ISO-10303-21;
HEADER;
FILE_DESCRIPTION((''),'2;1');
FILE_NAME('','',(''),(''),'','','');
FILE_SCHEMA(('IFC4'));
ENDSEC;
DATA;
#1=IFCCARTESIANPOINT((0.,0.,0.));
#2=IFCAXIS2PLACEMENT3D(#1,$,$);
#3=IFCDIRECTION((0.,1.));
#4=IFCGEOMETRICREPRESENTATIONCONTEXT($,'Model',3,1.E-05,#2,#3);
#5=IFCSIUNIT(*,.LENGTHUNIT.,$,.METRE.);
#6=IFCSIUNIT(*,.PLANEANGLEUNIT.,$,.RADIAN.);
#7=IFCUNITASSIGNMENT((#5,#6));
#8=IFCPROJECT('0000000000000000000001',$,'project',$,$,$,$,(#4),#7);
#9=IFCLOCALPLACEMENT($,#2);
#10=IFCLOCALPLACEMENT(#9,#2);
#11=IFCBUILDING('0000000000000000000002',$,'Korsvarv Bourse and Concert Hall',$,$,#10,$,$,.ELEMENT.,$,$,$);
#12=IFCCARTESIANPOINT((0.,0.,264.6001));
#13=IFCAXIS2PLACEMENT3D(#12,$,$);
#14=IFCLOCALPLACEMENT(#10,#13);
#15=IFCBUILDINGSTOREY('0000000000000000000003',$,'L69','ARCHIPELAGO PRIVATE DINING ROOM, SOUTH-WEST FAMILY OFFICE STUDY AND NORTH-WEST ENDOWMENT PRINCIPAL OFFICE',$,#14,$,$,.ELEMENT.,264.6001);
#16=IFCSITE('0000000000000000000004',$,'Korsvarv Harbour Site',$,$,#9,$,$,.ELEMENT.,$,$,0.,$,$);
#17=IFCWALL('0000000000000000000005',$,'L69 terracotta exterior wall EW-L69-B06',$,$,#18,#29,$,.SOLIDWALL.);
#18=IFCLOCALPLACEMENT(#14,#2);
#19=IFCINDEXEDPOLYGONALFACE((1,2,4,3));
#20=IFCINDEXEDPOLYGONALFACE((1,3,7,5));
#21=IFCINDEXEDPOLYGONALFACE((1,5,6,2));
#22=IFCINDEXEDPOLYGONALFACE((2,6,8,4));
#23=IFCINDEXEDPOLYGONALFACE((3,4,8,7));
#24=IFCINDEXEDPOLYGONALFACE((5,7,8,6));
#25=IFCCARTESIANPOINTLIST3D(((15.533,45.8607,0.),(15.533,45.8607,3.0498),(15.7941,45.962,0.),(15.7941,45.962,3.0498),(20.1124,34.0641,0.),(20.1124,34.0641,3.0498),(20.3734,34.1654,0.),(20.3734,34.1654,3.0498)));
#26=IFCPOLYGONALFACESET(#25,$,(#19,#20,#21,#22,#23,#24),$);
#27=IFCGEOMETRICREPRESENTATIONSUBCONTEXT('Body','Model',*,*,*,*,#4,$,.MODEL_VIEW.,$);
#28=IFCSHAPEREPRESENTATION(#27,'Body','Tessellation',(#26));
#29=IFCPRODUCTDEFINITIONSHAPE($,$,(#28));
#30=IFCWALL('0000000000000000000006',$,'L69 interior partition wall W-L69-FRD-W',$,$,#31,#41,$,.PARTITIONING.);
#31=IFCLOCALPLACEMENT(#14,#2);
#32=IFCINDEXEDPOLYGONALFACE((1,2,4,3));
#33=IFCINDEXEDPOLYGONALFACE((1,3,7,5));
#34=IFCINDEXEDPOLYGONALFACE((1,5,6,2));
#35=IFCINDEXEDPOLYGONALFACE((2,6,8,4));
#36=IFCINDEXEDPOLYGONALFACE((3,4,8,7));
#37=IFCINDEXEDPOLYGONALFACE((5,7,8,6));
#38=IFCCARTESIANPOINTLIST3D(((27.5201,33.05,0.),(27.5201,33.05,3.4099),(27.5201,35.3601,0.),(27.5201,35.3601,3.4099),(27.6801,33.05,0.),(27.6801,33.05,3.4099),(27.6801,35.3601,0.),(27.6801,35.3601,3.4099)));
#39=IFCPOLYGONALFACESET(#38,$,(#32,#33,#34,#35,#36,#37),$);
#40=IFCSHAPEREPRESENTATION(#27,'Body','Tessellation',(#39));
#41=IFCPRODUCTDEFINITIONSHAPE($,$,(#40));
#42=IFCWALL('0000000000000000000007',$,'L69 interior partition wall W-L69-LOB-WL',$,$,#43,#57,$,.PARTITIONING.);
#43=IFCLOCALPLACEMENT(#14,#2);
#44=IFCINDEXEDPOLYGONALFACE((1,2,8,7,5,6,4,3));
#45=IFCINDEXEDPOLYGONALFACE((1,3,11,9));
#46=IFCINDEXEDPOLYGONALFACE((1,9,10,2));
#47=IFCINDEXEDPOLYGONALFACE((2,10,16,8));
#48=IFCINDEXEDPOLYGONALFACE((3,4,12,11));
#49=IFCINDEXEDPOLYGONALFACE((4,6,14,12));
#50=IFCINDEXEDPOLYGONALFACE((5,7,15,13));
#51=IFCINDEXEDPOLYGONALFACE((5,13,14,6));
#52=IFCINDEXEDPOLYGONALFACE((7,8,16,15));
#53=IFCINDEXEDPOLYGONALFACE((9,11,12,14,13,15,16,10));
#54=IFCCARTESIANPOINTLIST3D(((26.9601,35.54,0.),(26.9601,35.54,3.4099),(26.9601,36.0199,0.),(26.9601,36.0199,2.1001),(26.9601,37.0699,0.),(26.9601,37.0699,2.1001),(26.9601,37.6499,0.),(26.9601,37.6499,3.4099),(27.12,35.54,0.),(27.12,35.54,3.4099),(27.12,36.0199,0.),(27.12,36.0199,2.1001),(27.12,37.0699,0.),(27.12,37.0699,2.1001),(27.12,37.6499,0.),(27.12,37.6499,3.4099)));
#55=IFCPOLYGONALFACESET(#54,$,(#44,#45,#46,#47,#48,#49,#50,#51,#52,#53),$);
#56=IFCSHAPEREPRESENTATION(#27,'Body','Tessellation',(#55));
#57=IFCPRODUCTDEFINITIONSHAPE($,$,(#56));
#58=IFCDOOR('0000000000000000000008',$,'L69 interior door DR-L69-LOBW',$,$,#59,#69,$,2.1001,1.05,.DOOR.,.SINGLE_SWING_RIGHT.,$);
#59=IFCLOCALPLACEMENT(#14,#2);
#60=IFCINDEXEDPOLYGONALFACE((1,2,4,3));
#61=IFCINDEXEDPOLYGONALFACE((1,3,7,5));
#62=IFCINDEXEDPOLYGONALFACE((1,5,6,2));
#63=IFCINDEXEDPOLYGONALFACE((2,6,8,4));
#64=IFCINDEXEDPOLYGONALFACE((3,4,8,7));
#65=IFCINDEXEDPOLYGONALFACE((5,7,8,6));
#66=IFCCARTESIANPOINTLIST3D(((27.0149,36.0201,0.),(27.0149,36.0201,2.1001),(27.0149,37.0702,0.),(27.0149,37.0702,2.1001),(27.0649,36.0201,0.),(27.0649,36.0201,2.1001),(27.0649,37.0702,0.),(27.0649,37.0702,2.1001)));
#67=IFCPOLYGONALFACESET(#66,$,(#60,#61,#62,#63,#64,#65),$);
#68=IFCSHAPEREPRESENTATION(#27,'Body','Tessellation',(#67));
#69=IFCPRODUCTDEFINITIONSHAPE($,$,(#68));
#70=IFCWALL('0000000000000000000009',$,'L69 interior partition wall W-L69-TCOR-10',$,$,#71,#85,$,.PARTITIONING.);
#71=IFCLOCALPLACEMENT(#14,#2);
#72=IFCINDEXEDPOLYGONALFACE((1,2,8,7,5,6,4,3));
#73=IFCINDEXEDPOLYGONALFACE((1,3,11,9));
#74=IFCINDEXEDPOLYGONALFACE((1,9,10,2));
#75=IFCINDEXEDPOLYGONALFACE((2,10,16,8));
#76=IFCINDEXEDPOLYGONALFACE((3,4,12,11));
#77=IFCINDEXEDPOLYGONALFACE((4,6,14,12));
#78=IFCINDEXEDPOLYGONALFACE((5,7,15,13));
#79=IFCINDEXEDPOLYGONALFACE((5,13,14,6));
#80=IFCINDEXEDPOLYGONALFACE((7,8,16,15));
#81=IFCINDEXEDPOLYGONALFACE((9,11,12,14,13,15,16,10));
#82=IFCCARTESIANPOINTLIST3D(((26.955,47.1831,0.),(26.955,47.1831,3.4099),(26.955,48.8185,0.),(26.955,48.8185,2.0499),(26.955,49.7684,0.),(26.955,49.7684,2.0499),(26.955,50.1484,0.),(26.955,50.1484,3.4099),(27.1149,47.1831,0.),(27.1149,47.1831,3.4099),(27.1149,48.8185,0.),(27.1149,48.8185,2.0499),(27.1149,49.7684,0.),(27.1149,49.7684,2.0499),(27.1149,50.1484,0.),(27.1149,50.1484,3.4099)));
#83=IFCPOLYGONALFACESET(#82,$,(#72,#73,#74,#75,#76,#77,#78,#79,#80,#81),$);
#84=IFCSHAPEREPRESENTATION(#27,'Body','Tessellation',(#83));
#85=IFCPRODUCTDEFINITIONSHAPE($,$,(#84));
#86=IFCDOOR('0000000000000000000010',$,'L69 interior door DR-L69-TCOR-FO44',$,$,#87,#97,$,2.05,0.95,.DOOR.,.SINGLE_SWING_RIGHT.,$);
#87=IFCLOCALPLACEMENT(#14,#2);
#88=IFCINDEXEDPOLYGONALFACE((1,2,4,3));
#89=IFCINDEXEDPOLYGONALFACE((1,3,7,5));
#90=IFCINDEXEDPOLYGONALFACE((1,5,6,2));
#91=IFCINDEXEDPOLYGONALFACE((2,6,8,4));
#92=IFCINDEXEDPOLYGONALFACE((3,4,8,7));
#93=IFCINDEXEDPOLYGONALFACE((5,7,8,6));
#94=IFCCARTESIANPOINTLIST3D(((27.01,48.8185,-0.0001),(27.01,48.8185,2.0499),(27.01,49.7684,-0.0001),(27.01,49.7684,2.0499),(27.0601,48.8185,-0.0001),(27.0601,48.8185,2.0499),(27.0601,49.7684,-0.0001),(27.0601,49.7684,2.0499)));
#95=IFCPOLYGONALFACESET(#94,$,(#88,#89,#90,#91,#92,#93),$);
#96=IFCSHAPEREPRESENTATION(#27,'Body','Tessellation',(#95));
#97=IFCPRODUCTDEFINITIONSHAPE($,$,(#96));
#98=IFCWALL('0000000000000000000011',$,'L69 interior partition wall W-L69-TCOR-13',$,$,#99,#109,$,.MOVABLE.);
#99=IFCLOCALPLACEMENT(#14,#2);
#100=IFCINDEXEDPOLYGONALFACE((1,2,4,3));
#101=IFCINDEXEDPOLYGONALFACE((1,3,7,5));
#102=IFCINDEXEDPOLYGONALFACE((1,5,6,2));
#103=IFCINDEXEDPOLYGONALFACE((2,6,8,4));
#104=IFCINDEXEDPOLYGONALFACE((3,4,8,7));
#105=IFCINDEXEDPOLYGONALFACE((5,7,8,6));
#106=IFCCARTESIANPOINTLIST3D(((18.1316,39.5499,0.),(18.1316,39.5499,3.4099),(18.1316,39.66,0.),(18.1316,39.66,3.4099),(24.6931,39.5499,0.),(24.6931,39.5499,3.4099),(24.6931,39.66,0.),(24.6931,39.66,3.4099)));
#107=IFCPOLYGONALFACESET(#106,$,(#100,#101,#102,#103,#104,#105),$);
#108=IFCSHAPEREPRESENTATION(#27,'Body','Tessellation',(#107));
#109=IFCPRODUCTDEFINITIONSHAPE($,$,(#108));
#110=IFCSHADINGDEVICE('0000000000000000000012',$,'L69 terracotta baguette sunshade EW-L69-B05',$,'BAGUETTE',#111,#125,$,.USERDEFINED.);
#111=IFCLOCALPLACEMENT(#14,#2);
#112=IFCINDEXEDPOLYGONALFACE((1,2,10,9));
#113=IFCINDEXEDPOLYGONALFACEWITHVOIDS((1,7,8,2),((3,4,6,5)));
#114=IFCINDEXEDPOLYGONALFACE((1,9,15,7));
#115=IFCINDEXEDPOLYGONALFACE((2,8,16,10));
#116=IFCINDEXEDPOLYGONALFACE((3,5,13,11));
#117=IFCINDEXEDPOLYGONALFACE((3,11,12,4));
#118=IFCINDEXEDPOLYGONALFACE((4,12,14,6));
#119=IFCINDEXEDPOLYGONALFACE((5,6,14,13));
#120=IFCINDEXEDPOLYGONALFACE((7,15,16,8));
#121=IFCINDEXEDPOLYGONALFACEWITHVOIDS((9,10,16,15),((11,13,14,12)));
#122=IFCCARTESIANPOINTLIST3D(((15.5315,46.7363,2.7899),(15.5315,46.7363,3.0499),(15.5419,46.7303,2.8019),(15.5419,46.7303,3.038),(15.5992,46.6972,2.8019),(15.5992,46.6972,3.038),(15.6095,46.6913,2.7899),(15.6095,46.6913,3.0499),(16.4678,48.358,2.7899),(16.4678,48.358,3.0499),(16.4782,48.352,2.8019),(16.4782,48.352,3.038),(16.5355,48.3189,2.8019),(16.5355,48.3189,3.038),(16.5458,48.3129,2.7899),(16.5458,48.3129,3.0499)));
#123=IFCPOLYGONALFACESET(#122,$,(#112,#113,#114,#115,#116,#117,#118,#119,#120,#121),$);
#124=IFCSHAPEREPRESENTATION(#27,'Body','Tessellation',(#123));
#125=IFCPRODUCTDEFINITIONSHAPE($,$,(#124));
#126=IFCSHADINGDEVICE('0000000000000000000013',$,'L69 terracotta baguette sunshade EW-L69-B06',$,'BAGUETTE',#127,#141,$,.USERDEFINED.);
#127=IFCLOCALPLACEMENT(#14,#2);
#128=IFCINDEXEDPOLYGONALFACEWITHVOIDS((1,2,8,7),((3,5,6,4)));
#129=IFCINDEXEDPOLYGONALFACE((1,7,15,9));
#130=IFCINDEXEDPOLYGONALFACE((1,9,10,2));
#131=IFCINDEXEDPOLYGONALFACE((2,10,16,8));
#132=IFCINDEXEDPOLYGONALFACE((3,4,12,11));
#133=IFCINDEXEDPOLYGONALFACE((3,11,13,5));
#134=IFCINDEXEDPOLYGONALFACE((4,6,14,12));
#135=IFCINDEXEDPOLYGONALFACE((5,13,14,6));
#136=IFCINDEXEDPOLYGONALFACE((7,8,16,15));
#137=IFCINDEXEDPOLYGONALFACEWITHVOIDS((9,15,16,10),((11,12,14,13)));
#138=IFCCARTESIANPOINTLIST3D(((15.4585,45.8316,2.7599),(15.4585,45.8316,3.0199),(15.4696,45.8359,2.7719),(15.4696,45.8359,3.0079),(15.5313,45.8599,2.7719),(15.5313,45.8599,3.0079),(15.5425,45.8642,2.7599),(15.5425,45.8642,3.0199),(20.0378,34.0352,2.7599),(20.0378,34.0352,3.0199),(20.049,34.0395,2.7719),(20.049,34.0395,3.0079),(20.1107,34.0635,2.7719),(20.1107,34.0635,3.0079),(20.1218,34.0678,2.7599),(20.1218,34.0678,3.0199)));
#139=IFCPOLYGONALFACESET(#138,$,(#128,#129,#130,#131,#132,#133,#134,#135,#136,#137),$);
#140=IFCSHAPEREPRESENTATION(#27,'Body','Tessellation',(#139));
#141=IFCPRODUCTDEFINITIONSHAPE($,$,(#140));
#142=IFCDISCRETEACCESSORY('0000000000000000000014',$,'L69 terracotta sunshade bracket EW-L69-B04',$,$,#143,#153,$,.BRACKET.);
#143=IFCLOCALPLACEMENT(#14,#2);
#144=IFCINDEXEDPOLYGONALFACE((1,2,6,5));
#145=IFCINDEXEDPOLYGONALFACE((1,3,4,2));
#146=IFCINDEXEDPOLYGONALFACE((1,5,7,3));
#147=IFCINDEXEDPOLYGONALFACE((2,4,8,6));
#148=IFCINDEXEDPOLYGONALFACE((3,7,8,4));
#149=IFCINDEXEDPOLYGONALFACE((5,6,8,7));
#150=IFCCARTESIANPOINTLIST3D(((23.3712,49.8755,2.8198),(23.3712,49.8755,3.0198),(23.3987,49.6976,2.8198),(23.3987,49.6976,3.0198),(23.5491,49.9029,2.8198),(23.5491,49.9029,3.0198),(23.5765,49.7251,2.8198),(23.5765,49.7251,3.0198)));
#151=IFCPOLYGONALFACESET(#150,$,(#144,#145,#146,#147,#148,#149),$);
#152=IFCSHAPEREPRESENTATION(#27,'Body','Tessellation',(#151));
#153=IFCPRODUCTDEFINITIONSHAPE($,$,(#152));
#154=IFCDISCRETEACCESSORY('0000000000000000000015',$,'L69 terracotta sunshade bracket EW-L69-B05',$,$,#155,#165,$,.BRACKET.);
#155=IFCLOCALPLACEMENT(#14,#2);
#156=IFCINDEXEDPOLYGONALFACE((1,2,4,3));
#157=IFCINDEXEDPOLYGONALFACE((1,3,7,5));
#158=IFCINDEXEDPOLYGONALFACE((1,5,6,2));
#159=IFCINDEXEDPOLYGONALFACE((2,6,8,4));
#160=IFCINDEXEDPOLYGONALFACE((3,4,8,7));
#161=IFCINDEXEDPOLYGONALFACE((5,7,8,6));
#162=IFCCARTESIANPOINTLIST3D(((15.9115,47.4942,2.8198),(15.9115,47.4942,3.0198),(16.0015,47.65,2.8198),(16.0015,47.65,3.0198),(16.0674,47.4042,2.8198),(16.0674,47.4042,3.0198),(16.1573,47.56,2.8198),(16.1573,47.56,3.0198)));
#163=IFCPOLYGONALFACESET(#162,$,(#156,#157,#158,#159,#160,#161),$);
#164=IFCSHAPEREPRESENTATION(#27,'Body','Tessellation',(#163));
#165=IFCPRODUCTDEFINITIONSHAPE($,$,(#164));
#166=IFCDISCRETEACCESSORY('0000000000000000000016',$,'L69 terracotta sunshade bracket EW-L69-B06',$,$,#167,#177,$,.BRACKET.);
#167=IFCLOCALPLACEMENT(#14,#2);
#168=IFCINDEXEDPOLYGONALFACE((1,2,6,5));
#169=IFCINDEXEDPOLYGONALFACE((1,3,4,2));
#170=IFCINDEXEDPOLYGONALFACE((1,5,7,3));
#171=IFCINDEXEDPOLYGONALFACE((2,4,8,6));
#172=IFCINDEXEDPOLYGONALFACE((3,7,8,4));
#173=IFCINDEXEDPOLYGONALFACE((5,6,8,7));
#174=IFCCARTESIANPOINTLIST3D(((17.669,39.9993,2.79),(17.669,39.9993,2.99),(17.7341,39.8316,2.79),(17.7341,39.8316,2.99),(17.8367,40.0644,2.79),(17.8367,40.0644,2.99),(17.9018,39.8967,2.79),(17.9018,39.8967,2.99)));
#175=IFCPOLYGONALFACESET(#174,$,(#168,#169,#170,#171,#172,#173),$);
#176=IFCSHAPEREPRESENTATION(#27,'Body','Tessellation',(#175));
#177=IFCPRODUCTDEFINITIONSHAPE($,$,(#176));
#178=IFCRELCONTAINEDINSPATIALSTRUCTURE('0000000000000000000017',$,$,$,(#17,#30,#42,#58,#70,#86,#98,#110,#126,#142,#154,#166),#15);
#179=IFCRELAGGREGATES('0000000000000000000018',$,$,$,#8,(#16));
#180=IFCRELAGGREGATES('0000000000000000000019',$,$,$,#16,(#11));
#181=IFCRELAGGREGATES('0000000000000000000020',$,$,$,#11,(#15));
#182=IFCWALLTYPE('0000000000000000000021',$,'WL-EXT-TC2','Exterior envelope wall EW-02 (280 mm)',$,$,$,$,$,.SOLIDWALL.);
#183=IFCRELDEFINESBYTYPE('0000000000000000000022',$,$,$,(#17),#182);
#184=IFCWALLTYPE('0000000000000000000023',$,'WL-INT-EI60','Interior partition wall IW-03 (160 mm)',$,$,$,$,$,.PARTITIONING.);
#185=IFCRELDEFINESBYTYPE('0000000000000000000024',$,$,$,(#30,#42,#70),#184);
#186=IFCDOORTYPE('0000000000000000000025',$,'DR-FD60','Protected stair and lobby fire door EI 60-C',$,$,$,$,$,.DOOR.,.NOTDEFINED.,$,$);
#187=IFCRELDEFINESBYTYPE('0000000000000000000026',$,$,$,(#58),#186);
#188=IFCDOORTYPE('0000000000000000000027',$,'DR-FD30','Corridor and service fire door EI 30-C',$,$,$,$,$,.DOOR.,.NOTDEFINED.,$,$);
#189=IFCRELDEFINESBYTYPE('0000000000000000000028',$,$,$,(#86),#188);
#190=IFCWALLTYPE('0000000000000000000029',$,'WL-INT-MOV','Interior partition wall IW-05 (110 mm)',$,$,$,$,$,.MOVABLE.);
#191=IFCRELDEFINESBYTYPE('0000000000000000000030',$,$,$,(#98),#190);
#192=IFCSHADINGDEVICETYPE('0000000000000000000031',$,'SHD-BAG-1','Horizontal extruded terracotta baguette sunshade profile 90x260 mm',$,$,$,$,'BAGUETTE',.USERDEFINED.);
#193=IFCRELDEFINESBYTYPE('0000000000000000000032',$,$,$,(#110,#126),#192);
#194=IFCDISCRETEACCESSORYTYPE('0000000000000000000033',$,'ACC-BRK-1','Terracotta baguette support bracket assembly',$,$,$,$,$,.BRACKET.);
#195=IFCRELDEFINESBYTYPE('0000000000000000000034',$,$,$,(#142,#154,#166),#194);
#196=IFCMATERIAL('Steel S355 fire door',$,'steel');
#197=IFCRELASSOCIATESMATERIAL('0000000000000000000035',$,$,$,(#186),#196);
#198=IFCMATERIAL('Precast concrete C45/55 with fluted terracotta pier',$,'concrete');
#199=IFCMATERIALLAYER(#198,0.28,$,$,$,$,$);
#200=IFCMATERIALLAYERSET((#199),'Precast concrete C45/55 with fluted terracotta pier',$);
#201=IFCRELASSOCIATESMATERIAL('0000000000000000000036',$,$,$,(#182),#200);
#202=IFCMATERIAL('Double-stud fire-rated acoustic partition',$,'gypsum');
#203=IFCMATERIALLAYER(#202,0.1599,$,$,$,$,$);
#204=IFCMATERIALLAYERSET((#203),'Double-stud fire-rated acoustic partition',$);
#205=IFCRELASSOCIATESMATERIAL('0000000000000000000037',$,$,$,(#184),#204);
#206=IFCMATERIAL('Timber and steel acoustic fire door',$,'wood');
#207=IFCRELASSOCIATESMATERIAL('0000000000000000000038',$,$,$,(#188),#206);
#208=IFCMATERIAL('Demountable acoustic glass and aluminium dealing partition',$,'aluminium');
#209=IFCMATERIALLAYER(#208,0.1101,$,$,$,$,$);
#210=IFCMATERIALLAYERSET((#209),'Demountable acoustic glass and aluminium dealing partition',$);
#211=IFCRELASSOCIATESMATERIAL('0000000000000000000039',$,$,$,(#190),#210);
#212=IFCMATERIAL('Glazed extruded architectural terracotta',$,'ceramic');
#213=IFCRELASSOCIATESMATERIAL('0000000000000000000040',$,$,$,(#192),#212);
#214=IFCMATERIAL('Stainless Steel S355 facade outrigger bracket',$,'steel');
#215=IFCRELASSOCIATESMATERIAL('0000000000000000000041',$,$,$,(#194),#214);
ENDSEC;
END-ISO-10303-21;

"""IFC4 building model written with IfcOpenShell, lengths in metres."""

from ifc_helpers import new_model, si_unit, direction, frame, frame_2d, origin, origin_2d, place, context, subcontext, project, spatial, rectangle, hollow_rectangle, extrude, source, transform, mapped, material, layer, layer_set, material_profile, profile_set, type_object, element, fill, save


model = new_model("IFC4")

# Units and contexts
model_context = context("Model", 3, precision=1e-05, world=origin(), true_north=direction((0.0, 1.0)))
body_context = subcontext(model_context, "Body", "Model", "MODEL_VIEW")
ifc_project = project(units=[si_unit("LENGTHUNIT", "METRE"), si_unit("PLANEANGLEUNIT", "RADIAN")], contexts=[model_context])

# Site, building, storey
site_placement = place(None, origin())
site = spatial("IfcSite", under=ifc_project, at=site_placement, Name="Korsvarv Harbour Site", CompositionType="ELEMENT", RefElevation=0.0)
building_placement = place(site_placement, origin())
building = spatial("IfcBuilding", under=site, at=building_placement, Name="Korsvarv Bourse and Concert Hall", CompositionType="ELEMENT")
storey_placement = place(building_placement, frame((0.0, 0.0, 264.6001)))
storey = spatial("IfcBuildingStorey", under=building, at=storey_placement, Name="L69", Description="ARCHIPELAGO PRIVATE DINING ROOM, SOUTH-WEST FAMILY OFFICE STUDY AND NORTH-WEST ENDOWMENT PRINCIPAL OFFICE", CompositionType="ELEMENT", Elevation=264.6001)

# Shared definitions
ifc_material_1 = material(Name="Steel S355 fire door", Category="steel")
door_type_1 = type_object("IfcDoorType", Name="DR-FD60", Description="Protected stair and lobby fire door EI 60-C", OperationType="NOTDEFINED", PredefinedType="DOOR", material=ifc_material_1)

# Walls
ifc_material_2 = material(Name="Precast concrete C45/55 with fluted terracotta pier", Category="concrete")
ifc_layer_1 = layer(ifc_material_2, 0.28)
ifc_layer_set_1 = layer_set([ifc_layer_1], Name="Precast concrete C45/55 with fluted terracotta pier")
wall_type_1 = type_object("IfcWallType", Name="WL-EXT-TC2", Description="Exterior envelope wall EW-02 (280 mm)", PredefinedType="SOLIDWALL", material=ifc_layer_set_1)
wall_1_placement = place(storey_placement, frame((15.6636, 45.9114, 0.0), z_axis=(0.0, 0.0, 1.0), x_axis=(0.361881, -0.932224, 0.0)))
element("IfcWall", 1, at=wall_1_placement, inside=storey, type_object=wall_type_1, Name="L69 terracotta exterior wall EW-L69-B06", PredefinedType="SOLIDWALL", context=body_context, shape_type="SweptSolid", body=[
    extrude(rectangle(XDim=12.6543, YDim=0.28, at=frame_2d((6.3271, 0.0))), origin(), (0.0, 0.0, 1.0), 3.0498),
])
ifc_material_3 = material(Name="Double-stud fire-rated acoustic partition", Category="gypsum")
ifc_layer_2 = layer(ifc_material_3, 0.1599)
ifc_layer_set_2 = layer_set([ifc_layer_2], Name="Double-stud fire-rated acoustic partition")
wall_type_2 = type_object("IfcWallType", Name="WL-INT-EI60", Description="Interior partition wall IW-03 (160 mm)", PredefinedType="PARTITIONING", material=ifc_layer_set_2)
wall_2_placement = place(storey_placement, frame((27.6001, 33.05, 0.0), z_axis=(0.0, 0.0, 1.0), x_axis=(0.0, 1.0, 0.0)))
element("IfcWall", 2, at=wall_2_placement, inside=storey, type_object=wall_type_2, Name="L69 interior partition wall W-L69-FRD-W", PredefinedType="PARTITIONING", context=body_context, shape_type="SweptSolid", body=[
    extrude(rectangle(XDim=2.3101, YDim=0.1599, at=frame_2d((1.155, 0.0))), origin(), (0.0, 0.0, 1.0), 3.4099),
])

# Walls, openings, doors
wall_3_placement = place(storey_placement, frame((27.04, 35.54, 0.0), z_axis=(0.0, 0.0, 1.0), x_axis=(0.0, 1.0, 0.0)))
wall_3 = element("IfcWall", 3, at=wall_3_placement, inside=storey, type_object=wall_type_2, Name="L69 interior partition wall W-L69-LOB-WL", PredefinedType="PARTITIONING", context=body_context, shape_type="SweptSolid", body=[
    extrude(rectangle(XDim=2.1099, YDim=0.1599, at=frame_2d((1.0549, 0.0))), origin(), (0.0, 0.0, 1.0), 3.4099),
])
opening_1_placement = place(wall_3_placement, frame((0.48, 0.0, 0.0)))
opening_1 = element("IfcOpeningElement", 4, at=opening_1_placement, cuts=wall_3, PredefinedType="OPENING", context=body_context, shape_type="SweptSolid", body=[
    extrude(rectangle(XDim=1.05, YDim=2.1001, at=frame_2d((0.5249, 1.05))), frame((0.0, 0.0898, 0.0), z_axis=(0.0, -1.0, 0.0), x_axis=(1.0, 0.0, 0.0)), (0.0, 0.0, 1.0), 0.1799),
])
door_1_placement = place(opening_1_placement, frame((1.05, 0.0, 0.0), z_axis=(0.0, 0.0, 1.0), x_axis=(-1.0, 0.0, 0.0)))
door_1 = element("IfcDoor", 5, at=door_1_placement, inside=storey, type_object=door_type_1, Name="L69 interior door DR-L69-LOBW", OperationType="SINGLE_SWING_RIGHT", OverallHeight=2.1001, OverallWidth=1.05, PredefinedType="DOOR", context=body_context, shape_type="SweptSolid", body=[
    extrude(rectangle(XDim=1.05, YDim=2.1001, at=frame_2d((0.5249, 1.05))), frame((0.0, 0.0249, 0.0), z_axis=(0.0, -1.0, 0.0), x_axis=(1.0, 0.0, 0.0)), (0.0, 0.0, 1.0), 0.05),
])
fill(opening_1, door_1)
wall_4_placement = place(storey_placement, frame((27.0349, 47.1831, 0.0), z_axis=(0.0, 0.0, 1.0), x_axis=(0.0, 1.0, 0.0)))
wall_4 = element("IfcWall", 6, at=wall_4_placement, inside=storey, type_object=wall_type_2, Name="L69 interior partition wall W-L69-TCOR-10", PredefinedType="PARTITIONING", context=body_context, shape_type="SweptSolid", body=[
    extrude(rectangle(XDim=2.9653, YDim=0.1599, at=frame_2d((1.4827, 0.0))), origin(), (0.0, 0.0, 1.0), 3.4099),
])
opening_2_placement = place(wall_4_placement, frame((1.6353, 0.0, 0.0)))
opening_2 = element("IfcOpeningElement", 7, at=opening_2_placement, cuts=wall_4, PredefinedType="OPENING", context=body_context, shape_type="SweptSolid", body=[
    extrude(rectangle(XDim=0.95, YDim=2.05, at=frame_2d((0.4751, 1.0249))), frame((0.0, 0.0898, 0.0), z_axis=(0.0, -1.0, 0.0), x_axis=(1.0, 0.0, 0.0)), (0.0, 0.0, 1.0), 0.1799),
])
ifc_material_4 = material(Name="Timber and steel acoustic fire door", Category="wood")
door_type_2 = type_object("IfcDoorType", Name="DR-FD30", Description="Corridor and service fire door EI 30-C", OperationType="NOTDEFINED", PredefinedType="DOOR", material=ifc_material_4)
door_2_placement = place(opening_2_placement, origin())
door_2 = element("IfcDoor", 8, at=door_2_placement, inside=storey, type_object=door_type_2, Name="L69 interior door DR-L69-TCOR-FO44", OperationType="SINGLE_SWING_RIGHT", OverallHeight=2.05, OverallWidth=0.95, PredefinedType="DOOR", context=body_context, shape_type="SweptSolid", body=[
    extrude(rectangle(XDim=0.95, YDim=2.05, at=frame_2d((0.4751, 1.0249))), frame((0.0, 0.0249, 0.0), z_axis=(0.0, -1.0, 0.0), x_axis=(1.0, 0.0, 0.0)), (0.0, 0.0, 1.0), 0.05),
])
fill(opening_2, door_2)

# Wall
ifc_material_5 = material(Name="Demountable acoustic glass and aluminium dealing partition", Category="aluminium")
ifc_layer_3 = layer(ifc_material_5, 0.1101)
ifc_layer_set_3 = layer_set([ifc_layer_3], Name="Demountable acoustic glass and aluminium dealing partition")
wall_type_3 = type_object("IfcWallType", Name="WL-INT-MOV", Description="Interior partition wall IW-05 (110 mm)", PredefinedType="MOVABLE", material=ifc_layer_set_3)
wall_5_placement = place(storey_placement, frame((18.1316, 39.605, 0.0), z_axis=(0.0, 0.0, 1.0), x_axis=(1.0, 0.0, 0.0)))
element("IfcWall", 9, at=wall_5_placement, inside=storey, type_object=wall_type_3, Name="L69 interior partition wall W-L69-TCOR-13", PredefinedType="MOVABLE", context=body_context, shape_type="SweptSolid", body=[
    extrude(rectangle(XDim=6.5615, YDim=0.1101, at=frame_2d((3.2808, 0.0))), origin(), (0.0, 0.0, 1.0), 3.4099),
])

# Shading devices
ifc_material_6 = material(Name="Glazed extruded architectural terracotta", Category="ceramic")
ifc_material_profile_1 = material_profile(ifc_material_6, hollow_rectangle(XDim=0.0901, YDim=0.26, WallThickness=0.012, at=origin_2d()), Name="TC-BAG 90x260")
ifc_profile_set_1 = profile_set([ifc_material_profile_1], Name="Glazed extruded architectural terracotta")
shading_device_type = type_object("IfcShadingDeviceType", Name="SHD-BAG-1", Description="Horizontal extruded terracotta baguette sunshade profile 90x260 mm", ElementType="BAGUETTE", PredefinedType="USERDEFINED", material=ifc_profile_set_1)
shared_shape_1 = source(origin(), body_context, "Body", "SweptSolid", [
    extrude(hollow_rectangle(XDim=0.0901, YDim=0.26, WallThickness=0.012, at=origin_2d()), origin(), (0.0, 0.0, 1.0), 1.8726),
])
shading_device_1_placement = place(storey_placement, frame((16.5068, 48.3354, 2.9199), z_axis=(-0.500023, -0.866012, 0.0), x_axis=(0.866012, -0.500023, 0.0)))
element("IfcShadingDevice", 10, at=shading_device_1_placement, inside=storey, type_object=shading_device_type, Name="L69 terracotta baguette sunshade EW-L69-B05", ObjectType="BAGUETTE", PredefinedType="USERDEFINED", context=body_context, shape_type="MappedRepresentation", body=[
    mapped(shared_shape_1, transform((0.0, 0.0, 0.0), scale=1.0)),
])
shared_shape_2 = source(origin(), body_context, "Body", "SweptSolid", [
    extrude(hollow_rectangle(XDim=0.0901, YDim=0.26, WallThickness=0.012, at=origin_2d()), origin(), (0.0, 0.0, 1.0), 12.6541),
])
shading_device_2_placement = place(storey_placement, frame((15.5005, 45.8479, 2.8899), z_axis=(0.361888, -0.932222, 0.0), x_axis=(0.932222, 0.361888, 0.0)))
element("IfcShadingDevice", 11, at=shading_device_2_placement, inside=storey, type_object=shading_device_type, Name="L69 terracotta baguette sunshade EW-L69-B06", ObjectType="BAGUETTE", PredefinedType="USERDEFINED", context=body_context, shape_type="MappedRepresentation", body=[
    mapped(shared_shape_2, transform((0.0, 0.0, 0.0), scale=1.0)),
])

# Discrete accessories
ifc_material_7 = material(Name="Stainless Steel S355 facade outrigger bracket", Category="steel")
discrete_accessory_type = type_object("IfcDiscreteAccessoryType", Name="ACC-BRK-1", Description="Terracotta baguette support bracket assembly", PredefinedType="BRACKET", material=ifc_material_7)
shared_shape_3 = source(origin(), body_context, "Body", "SweptSolid", [
    extrude(rectangle(XDim=0.1799, YDim=0.1799, at=origin_2d()), origin(), (0.0, 0.0, 1.0), 0.2),
])
for number, where, z_axis, x_axis, name in (
    (12, (23.4739, 49.8003, 2.8198), (0.0, 0.0, 1.0), (-0.988282, -0.152641, 0.0), "L69 terracotta sunshade bracket EW-L69-B04"),
    (13, (16.0344, 47.5271, 2.8198), (0.0, 0.0, 1.0), (-0.5, -0.866025, 0.0), "L69 terracotta sunshade bracket EW-L69-B05"),
    (14, (17.7854, 39.948, 2.79), (0.0, 0.0, 1.0), (0.36195, -0.932198, 0.0), "L69 terracotta sunshade bracket EW-L69-B06"),
):
    element("IfcDiscreteAccessory", number, at=place(storey_placement, frame(where, z_axis=z_axis, x_axis=x_axis)), inside=storey, type_object=discrete_accessory_type, Name=name, PredefinedType="BRACKET", context=body_context, shape_type="MappedRepresentation", body=[
        mapped(shared_shape_3, transform((0.0, 0.0, 0.0), scale=1.0)),
    ])

save(model, "model.ifc")
